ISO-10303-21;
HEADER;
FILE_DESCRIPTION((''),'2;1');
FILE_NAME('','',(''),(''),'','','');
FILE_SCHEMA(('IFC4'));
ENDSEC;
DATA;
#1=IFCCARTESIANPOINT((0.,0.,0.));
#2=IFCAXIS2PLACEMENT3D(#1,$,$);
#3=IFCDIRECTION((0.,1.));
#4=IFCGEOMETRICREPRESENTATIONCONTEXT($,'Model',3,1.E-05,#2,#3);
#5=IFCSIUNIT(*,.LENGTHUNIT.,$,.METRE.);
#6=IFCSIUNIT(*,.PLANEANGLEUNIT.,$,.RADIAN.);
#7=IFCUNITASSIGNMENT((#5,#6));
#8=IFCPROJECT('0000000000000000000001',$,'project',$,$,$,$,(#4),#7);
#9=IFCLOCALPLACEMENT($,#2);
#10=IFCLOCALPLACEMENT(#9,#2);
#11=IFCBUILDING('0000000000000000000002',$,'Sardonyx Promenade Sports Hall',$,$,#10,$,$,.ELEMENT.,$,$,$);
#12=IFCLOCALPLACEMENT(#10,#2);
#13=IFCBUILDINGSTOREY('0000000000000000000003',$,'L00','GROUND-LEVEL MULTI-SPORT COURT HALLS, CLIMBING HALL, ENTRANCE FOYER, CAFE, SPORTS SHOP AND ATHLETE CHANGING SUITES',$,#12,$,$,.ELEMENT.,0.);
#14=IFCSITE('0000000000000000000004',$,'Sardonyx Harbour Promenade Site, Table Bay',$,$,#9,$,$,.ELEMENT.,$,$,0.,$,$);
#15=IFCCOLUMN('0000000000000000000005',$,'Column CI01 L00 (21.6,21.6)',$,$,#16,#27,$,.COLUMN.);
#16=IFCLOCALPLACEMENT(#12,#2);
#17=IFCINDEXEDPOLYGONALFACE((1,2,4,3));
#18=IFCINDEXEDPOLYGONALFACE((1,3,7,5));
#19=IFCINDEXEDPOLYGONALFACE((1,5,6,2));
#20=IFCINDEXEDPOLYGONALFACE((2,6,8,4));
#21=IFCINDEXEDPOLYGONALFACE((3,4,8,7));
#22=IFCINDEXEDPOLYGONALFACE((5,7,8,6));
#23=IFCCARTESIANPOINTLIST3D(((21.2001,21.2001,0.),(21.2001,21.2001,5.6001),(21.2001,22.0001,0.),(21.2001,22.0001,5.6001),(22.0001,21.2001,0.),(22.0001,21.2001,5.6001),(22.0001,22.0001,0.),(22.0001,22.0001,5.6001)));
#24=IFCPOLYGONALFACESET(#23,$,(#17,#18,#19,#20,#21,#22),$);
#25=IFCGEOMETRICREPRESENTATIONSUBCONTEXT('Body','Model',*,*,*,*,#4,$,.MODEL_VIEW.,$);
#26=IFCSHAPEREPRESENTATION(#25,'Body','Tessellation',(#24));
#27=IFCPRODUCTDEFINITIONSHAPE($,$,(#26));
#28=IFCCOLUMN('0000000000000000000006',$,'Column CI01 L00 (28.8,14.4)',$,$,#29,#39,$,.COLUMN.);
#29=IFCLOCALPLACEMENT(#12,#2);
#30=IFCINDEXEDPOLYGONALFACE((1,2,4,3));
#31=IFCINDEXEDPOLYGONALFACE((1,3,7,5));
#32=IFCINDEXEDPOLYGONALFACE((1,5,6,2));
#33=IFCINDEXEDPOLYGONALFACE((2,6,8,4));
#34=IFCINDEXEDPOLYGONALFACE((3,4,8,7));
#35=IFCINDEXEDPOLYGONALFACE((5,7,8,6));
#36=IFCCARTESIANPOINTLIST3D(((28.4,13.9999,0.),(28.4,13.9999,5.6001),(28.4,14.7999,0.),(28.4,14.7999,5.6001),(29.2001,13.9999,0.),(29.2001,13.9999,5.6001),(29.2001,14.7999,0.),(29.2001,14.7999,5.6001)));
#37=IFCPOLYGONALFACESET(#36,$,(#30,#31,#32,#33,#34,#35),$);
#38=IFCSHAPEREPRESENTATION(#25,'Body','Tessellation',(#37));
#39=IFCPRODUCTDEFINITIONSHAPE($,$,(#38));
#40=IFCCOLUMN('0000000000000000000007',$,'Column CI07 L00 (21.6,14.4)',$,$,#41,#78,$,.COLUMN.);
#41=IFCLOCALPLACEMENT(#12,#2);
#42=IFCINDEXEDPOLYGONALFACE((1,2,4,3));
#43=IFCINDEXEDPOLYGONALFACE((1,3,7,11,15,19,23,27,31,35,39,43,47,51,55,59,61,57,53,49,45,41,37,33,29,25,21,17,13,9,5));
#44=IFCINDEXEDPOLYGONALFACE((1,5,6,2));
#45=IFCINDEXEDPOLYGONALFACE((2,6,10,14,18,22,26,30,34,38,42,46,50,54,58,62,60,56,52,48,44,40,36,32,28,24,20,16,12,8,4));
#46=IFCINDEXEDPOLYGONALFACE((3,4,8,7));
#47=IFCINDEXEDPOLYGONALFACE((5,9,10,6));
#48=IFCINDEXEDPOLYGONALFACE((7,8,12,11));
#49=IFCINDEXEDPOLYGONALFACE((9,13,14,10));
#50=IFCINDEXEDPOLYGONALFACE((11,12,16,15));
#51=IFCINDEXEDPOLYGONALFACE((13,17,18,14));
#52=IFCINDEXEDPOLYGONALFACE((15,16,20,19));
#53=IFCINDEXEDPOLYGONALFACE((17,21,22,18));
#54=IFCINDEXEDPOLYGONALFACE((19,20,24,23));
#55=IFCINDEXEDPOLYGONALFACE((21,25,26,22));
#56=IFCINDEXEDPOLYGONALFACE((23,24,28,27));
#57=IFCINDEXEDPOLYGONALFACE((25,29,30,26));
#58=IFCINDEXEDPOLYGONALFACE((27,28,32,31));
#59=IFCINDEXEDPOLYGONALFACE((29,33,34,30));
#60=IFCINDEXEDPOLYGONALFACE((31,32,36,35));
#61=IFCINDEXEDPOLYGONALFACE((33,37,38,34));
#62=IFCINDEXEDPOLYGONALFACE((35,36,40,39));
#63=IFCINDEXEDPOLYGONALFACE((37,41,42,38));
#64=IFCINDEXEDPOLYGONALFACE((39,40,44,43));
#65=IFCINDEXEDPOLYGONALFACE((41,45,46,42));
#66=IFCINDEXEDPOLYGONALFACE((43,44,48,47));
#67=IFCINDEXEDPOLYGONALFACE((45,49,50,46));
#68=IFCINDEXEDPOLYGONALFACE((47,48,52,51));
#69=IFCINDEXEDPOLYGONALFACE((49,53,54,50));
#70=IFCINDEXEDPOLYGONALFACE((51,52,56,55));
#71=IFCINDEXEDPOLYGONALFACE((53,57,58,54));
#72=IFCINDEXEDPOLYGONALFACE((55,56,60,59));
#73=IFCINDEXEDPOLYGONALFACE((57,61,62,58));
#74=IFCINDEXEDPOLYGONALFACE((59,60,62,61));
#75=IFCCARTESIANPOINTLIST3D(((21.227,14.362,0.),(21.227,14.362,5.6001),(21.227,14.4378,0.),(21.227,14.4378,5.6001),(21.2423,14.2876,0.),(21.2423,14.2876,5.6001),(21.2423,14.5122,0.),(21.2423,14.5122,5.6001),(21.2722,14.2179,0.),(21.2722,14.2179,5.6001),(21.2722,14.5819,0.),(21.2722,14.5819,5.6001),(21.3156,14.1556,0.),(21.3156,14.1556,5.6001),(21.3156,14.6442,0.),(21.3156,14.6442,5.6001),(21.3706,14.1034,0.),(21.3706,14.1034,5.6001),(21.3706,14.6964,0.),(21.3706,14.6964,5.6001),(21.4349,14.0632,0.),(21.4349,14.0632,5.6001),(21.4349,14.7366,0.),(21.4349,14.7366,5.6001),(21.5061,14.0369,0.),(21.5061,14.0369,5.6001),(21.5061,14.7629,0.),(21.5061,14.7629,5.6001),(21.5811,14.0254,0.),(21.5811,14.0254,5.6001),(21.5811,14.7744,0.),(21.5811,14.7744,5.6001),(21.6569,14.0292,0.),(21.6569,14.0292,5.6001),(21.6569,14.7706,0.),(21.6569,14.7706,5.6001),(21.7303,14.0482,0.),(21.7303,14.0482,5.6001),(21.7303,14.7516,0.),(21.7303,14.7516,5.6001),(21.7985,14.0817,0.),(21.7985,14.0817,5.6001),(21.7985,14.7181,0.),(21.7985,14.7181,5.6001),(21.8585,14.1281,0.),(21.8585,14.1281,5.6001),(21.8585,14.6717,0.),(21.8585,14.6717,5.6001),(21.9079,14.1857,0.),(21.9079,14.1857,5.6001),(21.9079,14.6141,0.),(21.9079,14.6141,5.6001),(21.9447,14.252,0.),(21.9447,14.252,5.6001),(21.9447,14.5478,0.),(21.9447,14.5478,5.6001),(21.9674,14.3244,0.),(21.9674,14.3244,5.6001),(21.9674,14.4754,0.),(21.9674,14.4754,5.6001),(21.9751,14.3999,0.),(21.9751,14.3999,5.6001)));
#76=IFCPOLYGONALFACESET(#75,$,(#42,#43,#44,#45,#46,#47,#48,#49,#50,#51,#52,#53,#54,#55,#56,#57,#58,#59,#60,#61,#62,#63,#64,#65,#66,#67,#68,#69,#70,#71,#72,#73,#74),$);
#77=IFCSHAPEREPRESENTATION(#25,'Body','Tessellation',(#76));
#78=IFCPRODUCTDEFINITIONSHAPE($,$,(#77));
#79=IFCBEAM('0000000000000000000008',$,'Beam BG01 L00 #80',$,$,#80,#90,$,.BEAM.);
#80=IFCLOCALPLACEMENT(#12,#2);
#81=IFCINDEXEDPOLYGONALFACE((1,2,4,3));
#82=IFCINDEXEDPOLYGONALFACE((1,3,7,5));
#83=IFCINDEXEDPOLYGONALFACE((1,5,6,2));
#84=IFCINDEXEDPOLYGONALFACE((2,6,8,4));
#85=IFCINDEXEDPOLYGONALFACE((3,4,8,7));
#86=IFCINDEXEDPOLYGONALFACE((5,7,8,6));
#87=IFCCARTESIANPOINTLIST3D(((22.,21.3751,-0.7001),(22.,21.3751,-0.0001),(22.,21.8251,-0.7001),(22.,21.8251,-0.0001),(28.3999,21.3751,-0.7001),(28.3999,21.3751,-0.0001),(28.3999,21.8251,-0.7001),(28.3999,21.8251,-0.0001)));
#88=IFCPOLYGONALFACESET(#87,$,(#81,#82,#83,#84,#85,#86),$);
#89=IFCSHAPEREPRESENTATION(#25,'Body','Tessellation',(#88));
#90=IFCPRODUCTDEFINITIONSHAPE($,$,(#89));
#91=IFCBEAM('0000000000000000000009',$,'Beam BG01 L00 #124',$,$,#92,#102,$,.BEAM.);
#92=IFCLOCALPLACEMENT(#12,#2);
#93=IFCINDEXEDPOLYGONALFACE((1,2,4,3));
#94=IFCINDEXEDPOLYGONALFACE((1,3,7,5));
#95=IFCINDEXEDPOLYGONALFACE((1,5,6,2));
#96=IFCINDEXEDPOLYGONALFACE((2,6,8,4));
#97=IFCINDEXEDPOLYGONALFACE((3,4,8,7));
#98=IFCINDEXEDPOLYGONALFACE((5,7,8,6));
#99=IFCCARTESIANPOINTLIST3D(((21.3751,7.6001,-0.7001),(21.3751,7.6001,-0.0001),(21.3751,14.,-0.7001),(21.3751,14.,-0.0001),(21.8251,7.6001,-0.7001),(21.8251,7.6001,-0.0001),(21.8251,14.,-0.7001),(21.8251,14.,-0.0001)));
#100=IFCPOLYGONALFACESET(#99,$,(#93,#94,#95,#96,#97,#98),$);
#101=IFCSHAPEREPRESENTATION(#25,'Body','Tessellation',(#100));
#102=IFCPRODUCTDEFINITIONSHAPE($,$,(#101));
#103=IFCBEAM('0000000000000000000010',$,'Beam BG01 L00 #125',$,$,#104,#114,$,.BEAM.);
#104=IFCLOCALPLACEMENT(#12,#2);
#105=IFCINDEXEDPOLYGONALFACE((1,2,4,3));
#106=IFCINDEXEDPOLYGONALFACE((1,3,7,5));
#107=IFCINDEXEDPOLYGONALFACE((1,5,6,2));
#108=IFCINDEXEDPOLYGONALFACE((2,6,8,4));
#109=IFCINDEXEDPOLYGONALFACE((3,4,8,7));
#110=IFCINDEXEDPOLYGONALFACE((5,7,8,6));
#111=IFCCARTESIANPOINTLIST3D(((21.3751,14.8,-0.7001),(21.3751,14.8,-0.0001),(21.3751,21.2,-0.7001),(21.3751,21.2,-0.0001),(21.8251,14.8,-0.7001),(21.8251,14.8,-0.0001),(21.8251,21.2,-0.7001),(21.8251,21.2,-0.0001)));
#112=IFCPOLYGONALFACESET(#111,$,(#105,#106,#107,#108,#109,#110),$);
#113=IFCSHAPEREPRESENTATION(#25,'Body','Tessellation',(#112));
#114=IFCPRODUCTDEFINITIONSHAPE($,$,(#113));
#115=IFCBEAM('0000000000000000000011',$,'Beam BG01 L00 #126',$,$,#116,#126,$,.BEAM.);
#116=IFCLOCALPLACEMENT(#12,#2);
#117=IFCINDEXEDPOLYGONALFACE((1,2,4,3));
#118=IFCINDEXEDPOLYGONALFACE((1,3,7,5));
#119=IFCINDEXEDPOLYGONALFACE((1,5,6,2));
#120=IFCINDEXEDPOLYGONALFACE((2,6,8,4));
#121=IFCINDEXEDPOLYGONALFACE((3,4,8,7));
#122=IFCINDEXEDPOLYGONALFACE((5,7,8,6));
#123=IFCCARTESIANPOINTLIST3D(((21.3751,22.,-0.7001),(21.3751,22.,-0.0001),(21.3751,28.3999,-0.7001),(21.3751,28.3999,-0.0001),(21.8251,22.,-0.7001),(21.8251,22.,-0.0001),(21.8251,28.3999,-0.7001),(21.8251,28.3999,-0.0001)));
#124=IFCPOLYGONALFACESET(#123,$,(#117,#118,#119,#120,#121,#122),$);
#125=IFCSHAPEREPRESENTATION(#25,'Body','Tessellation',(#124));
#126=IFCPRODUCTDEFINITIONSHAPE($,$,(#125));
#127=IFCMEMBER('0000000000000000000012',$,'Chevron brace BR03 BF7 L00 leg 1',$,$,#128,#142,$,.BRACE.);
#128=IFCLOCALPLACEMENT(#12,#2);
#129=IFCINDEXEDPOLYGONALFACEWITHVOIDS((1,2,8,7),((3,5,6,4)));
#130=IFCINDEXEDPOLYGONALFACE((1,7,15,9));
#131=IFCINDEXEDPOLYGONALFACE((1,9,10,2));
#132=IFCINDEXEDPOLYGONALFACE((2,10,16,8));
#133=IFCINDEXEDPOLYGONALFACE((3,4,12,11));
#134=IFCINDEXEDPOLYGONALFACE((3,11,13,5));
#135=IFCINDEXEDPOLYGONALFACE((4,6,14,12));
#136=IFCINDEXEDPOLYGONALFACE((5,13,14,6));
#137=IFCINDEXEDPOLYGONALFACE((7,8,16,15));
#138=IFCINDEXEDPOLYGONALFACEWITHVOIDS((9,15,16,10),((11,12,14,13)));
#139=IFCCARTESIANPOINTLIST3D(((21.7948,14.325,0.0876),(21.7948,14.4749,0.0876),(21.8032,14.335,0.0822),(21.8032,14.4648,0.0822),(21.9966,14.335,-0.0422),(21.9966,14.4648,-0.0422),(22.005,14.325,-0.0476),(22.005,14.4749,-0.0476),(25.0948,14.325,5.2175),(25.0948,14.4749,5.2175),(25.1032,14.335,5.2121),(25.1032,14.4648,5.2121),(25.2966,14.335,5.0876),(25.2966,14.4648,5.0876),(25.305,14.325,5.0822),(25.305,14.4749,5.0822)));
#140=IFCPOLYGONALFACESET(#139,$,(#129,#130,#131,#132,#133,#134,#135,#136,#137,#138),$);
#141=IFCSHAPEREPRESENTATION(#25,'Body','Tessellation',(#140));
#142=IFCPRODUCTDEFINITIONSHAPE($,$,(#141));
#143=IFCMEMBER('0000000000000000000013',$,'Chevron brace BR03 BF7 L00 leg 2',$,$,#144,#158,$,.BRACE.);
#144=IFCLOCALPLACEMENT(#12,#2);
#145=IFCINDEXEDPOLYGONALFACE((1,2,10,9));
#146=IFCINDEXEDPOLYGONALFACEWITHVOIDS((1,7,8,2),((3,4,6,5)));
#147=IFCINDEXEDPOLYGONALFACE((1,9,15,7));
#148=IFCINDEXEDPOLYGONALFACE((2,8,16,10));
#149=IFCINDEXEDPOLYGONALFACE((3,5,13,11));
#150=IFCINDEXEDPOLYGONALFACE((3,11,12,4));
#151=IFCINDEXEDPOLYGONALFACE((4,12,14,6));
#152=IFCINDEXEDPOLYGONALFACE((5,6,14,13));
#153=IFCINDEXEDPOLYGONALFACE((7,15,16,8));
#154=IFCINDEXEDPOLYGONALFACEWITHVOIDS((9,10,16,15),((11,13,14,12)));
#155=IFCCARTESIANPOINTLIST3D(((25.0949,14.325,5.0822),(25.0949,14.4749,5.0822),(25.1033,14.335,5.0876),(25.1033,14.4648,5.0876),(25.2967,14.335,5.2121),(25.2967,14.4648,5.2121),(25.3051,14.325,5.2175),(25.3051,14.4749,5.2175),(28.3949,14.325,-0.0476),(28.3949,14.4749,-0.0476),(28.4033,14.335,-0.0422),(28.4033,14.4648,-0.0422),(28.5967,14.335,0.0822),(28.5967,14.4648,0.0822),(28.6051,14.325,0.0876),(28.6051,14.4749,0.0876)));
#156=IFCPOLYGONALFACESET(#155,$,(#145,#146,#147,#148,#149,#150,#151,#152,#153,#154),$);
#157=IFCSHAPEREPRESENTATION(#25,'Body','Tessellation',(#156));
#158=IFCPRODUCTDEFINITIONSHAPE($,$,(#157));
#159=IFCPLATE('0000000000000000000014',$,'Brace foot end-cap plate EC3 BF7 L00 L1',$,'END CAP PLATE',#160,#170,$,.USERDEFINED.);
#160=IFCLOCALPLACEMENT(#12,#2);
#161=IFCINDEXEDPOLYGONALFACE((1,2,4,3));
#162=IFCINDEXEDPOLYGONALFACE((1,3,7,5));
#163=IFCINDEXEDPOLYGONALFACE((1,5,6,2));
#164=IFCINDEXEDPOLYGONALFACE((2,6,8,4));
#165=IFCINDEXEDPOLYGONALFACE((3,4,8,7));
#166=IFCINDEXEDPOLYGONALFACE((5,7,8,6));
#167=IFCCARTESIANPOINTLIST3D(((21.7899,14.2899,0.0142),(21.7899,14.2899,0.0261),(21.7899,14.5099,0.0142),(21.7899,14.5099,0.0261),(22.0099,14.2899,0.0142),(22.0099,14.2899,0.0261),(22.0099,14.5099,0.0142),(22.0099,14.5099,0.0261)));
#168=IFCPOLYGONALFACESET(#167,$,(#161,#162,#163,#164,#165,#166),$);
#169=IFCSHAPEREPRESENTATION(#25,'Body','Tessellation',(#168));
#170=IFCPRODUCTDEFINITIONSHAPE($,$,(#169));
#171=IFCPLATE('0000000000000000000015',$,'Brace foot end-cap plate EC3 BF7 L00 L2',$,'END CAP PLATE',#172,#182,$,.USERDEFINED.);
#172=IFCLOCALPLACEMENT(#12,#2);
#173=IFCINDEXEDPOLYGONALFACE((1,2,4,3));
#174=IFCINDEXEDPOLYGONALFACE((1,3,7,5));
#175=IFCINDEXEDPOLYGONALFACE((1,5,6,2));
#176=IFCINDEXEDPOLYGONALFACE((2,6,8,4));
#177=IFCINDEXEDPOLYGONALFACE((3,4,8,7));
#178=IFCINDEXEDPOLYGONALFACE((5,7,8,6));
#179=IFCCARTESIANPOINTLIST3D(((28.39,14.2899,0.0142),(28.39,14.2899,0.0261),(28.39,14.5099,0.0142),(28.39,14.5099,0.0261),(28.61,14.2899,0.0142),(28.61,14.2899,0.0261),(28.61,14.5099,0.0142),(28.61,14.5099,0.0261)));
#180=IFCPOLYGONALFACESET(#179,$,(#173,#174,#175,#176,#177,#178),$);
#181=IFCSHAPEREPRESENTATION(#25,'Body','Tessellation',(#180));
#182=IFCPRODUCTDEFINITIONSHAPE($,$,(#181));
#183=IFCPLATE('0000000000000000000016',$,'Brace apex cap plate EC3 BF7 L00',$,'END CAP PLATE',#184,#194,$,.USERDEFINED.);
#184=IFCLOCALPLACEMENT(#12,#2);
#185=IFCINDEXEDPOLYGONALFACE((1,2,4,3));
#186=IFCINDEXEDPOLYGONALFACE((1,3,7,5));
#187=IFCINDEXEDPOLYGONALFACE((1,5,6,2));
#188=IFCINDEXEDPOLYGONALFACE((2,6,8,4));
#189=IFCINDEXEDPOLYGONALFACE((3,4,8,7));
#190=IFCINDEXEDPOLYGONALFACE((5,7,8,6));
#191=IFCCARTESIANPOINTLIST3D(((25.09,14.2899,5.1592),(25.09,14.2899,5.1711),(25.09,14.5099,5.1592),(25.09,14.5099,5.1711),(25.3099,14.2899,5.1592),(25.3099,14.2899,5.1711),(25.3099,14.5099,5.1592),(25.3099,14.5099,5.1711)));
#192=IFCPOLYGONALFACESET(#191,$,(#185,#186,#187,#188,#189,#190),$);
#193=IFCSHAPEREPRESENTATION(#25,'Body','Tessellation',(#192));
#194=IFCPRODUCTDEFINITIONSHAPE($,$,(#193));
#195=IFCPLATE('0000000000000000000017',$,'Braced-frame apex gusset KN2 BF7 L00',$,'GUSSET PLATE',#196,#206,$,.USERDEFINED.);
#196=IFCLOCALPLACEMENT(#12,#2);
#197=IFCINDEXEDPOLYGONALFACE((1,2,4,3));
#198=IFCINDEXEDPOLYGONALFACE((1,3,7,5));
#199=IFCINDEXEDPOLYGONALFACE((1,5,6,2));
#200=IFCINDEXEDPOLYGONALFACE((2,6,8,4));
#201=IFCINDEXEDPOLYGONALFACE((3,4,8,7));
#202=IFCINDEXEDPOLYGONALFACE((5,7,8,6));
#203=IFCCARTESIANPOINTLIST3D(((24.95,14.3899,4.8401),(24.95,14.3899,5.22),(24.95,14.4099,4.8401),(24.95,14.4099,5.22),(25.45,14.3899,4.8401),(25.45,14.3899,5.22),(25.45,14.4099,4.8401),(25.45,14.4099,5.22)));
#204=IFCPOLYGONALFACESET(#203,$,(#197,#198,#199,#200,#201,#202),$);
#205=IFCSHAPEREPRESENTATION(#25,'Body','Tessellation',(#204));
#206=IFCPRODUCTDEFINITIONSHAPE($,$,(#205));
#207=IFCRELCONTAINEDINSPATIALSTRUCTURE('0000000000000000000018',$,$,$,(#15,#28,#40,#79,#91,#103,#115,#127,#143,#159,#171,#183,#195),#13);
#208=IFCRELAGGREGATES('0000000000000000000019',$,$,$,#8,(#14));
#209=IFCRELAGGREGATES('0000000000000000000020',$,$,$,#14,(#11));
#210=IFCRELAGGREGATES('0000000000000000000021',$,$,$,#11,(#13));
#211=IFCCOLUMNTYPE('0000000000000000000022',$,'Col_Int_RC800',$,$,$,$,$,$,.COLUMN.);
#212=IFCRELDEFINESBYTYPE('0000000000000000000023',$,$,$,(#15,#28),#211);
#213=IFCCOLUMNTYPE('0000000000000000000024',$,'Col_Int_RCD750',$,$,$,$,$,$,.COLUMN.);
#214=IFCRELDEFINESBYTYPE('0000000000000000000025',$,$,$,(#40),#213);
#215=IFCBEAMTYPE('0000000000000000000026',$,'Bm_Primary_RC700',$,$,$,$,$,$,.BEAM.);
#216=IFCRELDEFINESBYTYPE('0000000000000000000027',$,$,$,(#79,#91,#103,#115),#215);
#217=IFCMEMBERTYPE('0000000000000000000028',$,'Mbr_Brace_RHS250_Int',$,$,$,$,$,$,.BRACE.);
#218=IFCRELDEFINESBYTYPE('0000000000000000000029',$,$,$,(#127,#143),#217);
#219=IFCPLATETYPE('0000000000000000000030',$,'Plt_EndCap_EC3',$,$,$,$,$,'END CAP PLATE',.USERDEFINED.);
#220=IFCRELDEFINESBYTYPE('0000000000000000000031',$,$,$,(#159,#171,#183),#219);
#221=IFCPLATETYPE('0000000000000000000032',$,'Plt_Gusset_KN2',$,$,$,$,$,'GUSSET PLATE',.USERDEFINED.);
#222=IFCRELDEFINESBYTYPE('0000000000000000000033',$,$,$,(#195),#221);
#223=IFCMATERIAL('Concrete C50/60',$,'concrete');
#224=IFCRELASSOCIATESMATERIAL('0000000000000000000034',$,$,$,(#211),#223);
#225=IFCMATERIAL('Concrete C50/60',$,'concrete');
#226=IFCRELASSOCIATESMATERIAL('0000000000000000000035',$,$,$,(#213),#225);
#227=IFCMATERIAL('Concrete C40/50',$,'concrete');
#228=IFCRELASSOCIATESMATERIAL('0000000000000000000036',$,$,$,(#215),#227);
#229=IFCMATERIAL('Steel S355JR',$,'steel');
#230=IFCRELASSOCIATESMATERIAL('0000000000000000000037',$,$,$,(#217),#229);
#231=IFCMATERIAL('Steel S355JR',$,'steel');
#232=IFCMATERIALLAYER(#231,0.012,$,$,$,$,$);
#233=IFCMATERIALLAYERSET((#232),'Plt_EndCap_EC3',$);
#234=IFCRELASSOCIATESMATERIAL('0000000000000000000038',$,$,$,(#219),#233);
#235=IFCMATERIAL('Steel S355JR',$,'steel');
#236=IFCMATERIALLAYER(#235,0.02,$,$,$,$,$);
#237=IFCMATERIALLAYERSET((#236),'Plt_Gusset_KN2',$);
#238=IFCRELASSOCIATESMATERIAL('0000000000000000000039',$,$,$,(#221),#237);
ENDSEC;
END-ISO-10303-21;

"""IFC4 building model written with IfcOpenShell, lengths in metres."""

from ifc_helpers import new_model, si_unit, direction, frame, origin, origin_2d, place, context, subcontext, project, spatial, rectangle, hollow_rectangle, circle, extrude, material, layer, layer_set, material_profile, profile_set, type_object, element, save


model = new_model("IFC4")

# Units and contexts
model_context = context("Model", 3, precision=1e-05, world=origin(), true_north=direction((0.0, 1.0)))
body_context = subcontext(model_context, "Body", "Model", "MODEL_VIEW")
ifc_project = project(units=[si_unit("LENGTHUNIT", "METRE"), si_unit("PLANEANGLEUNIT", "RADIAN")], contexts=[model_context])

# Site, building, storey
site_placement = place(None, origin())
site = spatial("IfcSite", under=ifc_project, at=site_placement, Name="Sardonyx Harbour Promenade Site, Table Bay", CompositionType="ELEMENT", RefElevation=0.0)
building_placement = place(site_placement, origin())
building = spatial("IfcBuilding", under=site, at=building_placement, Name="Sardonyx Promenade Sports Hall", CompositionType="ELEMENT")
storey_placement = place(building_placement, origin())
storey = spatial("IfcBuildingStorey", under=building, at=storey_placement, Name="L00", Description="GROUND-LEVEL MULTI-SPORT COURT HALLS, CLIMBING HALL, ENTRANCE FOYER, CAFE, SPORTS SHOP AND ATHLETE CHANGING SUITES", CompositionType="ELEMENT", Elevation=0.0)

# Columns
ifc_material_1 = material(Name="Concrete C50/60", Category="concrete")
ifc_material_profile_1 = material_profile(ifc_material_1, rectangle(XDim=0.8, YDim=0.8, at=origin_2d()))
ifc_profile_set_1 = profile_set([ifc_material_profile_1], Name="Concrete C50/60")
column_type_1 = type_object("IfcColumnType", Name="Col_Int_RC800", PredefinedType="COLUMN", material=ifc_profile_set_1)
for number, where, z_axis, x_axis, name in (
    (1, (21.6001, 21.6001, 0.0), (0.0, 0.0, 1.0), (1.0, 0.0, 0.0), "Column CI01 L00 (21.6,21.6)"),
    (2, (28.8, 14.3999, 0.0), (0.0, 0.0, 1.0), (1.0, 0.0, 0.0), "Column CI01 L00 (28.8,14.4)"),
):
    element("IfcColumn", number, at=place(storey_placement, frame(where, z_axis=z_axis, x_axis=x_axis)), inside=storey, type_object=column_type_1, Name=name, PredefinedType="COLUMN", context=body_context, shape_type="SweptSolid", body=[
        extrude(rectangle(XDim=0.8, YDim=0.8, at=origin_2d()), origin(), (0.0, 0.0, 1.0), 5.6001),
    ])
ifc_material_2 = material(Name="Concrete C50/60", Category="concrete")
ifc_material_profile_2 = material_profile(ifc_material_2, circle(Radius=0.375, at=origin_2d()))
ifc_profile_set_2 = profile_set([ifc_material_profile_2], Name="Concrete C50/60")
column_type_2 = type_object("IfcColumnType", Name="Col_Int_RCD750", PredefinedType="COLUMN", material=ifc_profile_set_2)
column_placement = place(storey_placement, frame((21.6001, 14.3999, 0.0), z_axis=(0.0, 0.0, 1.0), x_axis=(1.0, 0.0, 0.0)))
element("IfcColumn", 3, at=column_placement, inside=storey, type_object=column_type_2, Name="Column CI07 L00 (21.6,14.4)", PredefinedType="COLUMN", context=body_context, shape_type="SweptSolid", body=[
    extrude(circle(Radius=0.375, at=origin_2d()), origin(), (0.0, 0.0, 1.0), 5.6001),
])

# Beams
ifc_material_3 = material(Name="Concrete C40/50", Category="concrete")
ifc_material_profile_3 = material_profile(ifc_material_3, rectangle(XDim=0.45, YDim=0.7, at=origin_2d()))
ifc_profile_set_3 = profile_set([ifc_material_profile_3], Name="Concrete C40/50")
beam_type = type_object("IfcBeamType", Name="Bm_Primary_RC700", PredefinedType="BEAM", material=ifc_profile_set_3)
for number, where, z_axis, x_axis, name in (
    (4, (22.0, 21.6001, -0.3501), (1.0, 0.0, 0.0), (0.0, 1.0, 0.0), "Beam BG01 L00 #80"),
    (5, (21.6001, 7.6001, -0.3501), (0.0, 1.0, 0.0), (-1.0, 0.0, 0.0), "Beam BG01 L00 #124"),
    (6, (21.6001, 14.8, -0.3501), (0.0, 1.0, 0.0), (-1.0, 0.0, 0.0), "Beam BG01 L00 #125"),
    (7, (21.6001, 22.0, -0.3501), (0.0, 1.0, 0.0), (-1.0, 0.0, 0.0), "Beam BG01 L00 #126"),
):
    element("IfcBeam", number, at=place(storey_placement, frame(where, z_axis=z_axis, x_axis=x_axis)), inside=storey, type_object=beam_type, Name=name, PredefinedType="BEAM", context=body_context, shape_type="SweptSolid", body=[
        extrude(rectangle(XDim=0.45, YDim=0.7, at=origin_2d()), origin(), (0.0, 0.0, 1.0), 6.3999),
    ])

# Members
ifc_material_4 = material(Name="Steel S355JR", Category="steel")
ifc_material_profile_4 = material_profile(ifc_material_4, hollow_rectangle(XDim=0.1499, YDim=0.25, WallThickness=0.01, at=origin_2d()))
ifc_profile_set_4 = profile_set([ifc_material_profile_4], Name="Steel S355JR")
member_type = type_object("IfcMemberType", Name="Mbr_Brace_RHS250_Int", PredefinedType="BRACE", material=ifc_profile_set_4)
for number, where, z_axis, x_axis, name in (
    (8, (21.8999, 14.3999, 0.02), (0.541021, 0.0, 0.841009), (0.0, 1.0, 0.0), "Chevron brace BR03 BF7 L00 leg 1"),
    (9, (28.5, 14.3999, 0.02), (-0.541021, 0.0, 0.841009), (0.0, -1.0, 0.0), "Chevron brace BR03 BF7 L00 leg 2"),
):
    element("IfcMember", number, at=place(storey_placement, frame(where, z_axis=z_axis, x_axis=x_axis)), inside=storey, type_object=member_type, Name=name, PredefinedType="BRACE", context=body_context, shape_type="SweptSolid", body=[
        extrude(hollow_rectangle(XDim=0.1499, YDim=0.25, WallThickness=0.01, at=origin_2d()), origin(), (0.0, 0.0, 1.0), 6.0996),
    ])

# Plates
ifc_material_5 = material(Name="Steel S355JR", Category="steel")
ifc_layer_1 = layer(ifc_material_5, 0.012)
ifc_layer_set_1 = layer_set([ifc_layer_1], Name="Plt_EndCap_EC3")
plate_type_1 = type_object("IfcPlateType", Name="Plt_EndCap_EC3", ElementType="END CAP PLATE", PredefinedType="USERDEFINED", material=ifc_layer_set_1)
for number, where, z_axis, x_axis, name in (
    (10, (21.8999, 14.3999, 0.0142), (0.0, 0.0, 1.0), (1.0, 0.0, 0.0), "Brace foot end-cap plate EC3 BF7 L00 L1"),
    (11, (28.5, 14.3999, 0.0142), (0.0, 0.0, 1.0), (1.0, 0.0, 0.0), "Brace foot end-cap plate EC3 BF7 L00 L2"),
    (12, (25.2, 14.3999, 5.1592), (0.0, 0.0, 1.0), (1.0, 0.0, 0.0), "Brace apex cap plate EC3 BF7 L00"),
):
    element("IfcPlate", number, at=place(storey_placement, frame(where, z_axis=z_axis, x_axis=x_axis)), inside=storey, type_object=plate_type_1, Name=name, ObjectType="END CAP PLATE", PredefinedType="USERDEFINED", context=body_context, shape_type="SweptSolid", body=[
        extrude(rectangle(XDim=0.22, YDim=0.22, at=origin_2d()), origin(), (0.0, 0.0, 1.0), 0.012),
    ])
ifc_material_6 = material(Name="Steel S355JR", Category="steel")
ifc_layer_2 = layer(ifc_material_6, 0.02)
ifc_layer_set_2 = layer_set([ifc_layer_2], Name="Plt_Gusset_KN2")
plate_type_2 = type_object("IfcPlateType", Name="Plt_Gusset_KN2", ElementType="GUSSET PLATE", PredefinedType="USERDEFINED", material=ifc_layer_set_2)
plate_placement = place(storey_placement, frame((25.2, 14.3999, 4.8401), z_axis=(0.0, 0.0, 1.0), x_axis=(1.0, 0.0, 0.0)))
element("IfcPlate", 13, at=plate_placement, inside=storey, type_object=plate_type_2, Name="Braced-frame apex gusset KN2 BF7 L00", ObjectType="GUSSET PLATE", PredefinedType="USERDEFINED", context=body_context, shape_type="SweptSolid", body=[
    extrude(rectangle(XDim=0.5, YDim=0.02, at=origin_2d()), origin(), (0.0, 0.0, 1.0), 0.3799),
])

save(model, "model.ifc")
